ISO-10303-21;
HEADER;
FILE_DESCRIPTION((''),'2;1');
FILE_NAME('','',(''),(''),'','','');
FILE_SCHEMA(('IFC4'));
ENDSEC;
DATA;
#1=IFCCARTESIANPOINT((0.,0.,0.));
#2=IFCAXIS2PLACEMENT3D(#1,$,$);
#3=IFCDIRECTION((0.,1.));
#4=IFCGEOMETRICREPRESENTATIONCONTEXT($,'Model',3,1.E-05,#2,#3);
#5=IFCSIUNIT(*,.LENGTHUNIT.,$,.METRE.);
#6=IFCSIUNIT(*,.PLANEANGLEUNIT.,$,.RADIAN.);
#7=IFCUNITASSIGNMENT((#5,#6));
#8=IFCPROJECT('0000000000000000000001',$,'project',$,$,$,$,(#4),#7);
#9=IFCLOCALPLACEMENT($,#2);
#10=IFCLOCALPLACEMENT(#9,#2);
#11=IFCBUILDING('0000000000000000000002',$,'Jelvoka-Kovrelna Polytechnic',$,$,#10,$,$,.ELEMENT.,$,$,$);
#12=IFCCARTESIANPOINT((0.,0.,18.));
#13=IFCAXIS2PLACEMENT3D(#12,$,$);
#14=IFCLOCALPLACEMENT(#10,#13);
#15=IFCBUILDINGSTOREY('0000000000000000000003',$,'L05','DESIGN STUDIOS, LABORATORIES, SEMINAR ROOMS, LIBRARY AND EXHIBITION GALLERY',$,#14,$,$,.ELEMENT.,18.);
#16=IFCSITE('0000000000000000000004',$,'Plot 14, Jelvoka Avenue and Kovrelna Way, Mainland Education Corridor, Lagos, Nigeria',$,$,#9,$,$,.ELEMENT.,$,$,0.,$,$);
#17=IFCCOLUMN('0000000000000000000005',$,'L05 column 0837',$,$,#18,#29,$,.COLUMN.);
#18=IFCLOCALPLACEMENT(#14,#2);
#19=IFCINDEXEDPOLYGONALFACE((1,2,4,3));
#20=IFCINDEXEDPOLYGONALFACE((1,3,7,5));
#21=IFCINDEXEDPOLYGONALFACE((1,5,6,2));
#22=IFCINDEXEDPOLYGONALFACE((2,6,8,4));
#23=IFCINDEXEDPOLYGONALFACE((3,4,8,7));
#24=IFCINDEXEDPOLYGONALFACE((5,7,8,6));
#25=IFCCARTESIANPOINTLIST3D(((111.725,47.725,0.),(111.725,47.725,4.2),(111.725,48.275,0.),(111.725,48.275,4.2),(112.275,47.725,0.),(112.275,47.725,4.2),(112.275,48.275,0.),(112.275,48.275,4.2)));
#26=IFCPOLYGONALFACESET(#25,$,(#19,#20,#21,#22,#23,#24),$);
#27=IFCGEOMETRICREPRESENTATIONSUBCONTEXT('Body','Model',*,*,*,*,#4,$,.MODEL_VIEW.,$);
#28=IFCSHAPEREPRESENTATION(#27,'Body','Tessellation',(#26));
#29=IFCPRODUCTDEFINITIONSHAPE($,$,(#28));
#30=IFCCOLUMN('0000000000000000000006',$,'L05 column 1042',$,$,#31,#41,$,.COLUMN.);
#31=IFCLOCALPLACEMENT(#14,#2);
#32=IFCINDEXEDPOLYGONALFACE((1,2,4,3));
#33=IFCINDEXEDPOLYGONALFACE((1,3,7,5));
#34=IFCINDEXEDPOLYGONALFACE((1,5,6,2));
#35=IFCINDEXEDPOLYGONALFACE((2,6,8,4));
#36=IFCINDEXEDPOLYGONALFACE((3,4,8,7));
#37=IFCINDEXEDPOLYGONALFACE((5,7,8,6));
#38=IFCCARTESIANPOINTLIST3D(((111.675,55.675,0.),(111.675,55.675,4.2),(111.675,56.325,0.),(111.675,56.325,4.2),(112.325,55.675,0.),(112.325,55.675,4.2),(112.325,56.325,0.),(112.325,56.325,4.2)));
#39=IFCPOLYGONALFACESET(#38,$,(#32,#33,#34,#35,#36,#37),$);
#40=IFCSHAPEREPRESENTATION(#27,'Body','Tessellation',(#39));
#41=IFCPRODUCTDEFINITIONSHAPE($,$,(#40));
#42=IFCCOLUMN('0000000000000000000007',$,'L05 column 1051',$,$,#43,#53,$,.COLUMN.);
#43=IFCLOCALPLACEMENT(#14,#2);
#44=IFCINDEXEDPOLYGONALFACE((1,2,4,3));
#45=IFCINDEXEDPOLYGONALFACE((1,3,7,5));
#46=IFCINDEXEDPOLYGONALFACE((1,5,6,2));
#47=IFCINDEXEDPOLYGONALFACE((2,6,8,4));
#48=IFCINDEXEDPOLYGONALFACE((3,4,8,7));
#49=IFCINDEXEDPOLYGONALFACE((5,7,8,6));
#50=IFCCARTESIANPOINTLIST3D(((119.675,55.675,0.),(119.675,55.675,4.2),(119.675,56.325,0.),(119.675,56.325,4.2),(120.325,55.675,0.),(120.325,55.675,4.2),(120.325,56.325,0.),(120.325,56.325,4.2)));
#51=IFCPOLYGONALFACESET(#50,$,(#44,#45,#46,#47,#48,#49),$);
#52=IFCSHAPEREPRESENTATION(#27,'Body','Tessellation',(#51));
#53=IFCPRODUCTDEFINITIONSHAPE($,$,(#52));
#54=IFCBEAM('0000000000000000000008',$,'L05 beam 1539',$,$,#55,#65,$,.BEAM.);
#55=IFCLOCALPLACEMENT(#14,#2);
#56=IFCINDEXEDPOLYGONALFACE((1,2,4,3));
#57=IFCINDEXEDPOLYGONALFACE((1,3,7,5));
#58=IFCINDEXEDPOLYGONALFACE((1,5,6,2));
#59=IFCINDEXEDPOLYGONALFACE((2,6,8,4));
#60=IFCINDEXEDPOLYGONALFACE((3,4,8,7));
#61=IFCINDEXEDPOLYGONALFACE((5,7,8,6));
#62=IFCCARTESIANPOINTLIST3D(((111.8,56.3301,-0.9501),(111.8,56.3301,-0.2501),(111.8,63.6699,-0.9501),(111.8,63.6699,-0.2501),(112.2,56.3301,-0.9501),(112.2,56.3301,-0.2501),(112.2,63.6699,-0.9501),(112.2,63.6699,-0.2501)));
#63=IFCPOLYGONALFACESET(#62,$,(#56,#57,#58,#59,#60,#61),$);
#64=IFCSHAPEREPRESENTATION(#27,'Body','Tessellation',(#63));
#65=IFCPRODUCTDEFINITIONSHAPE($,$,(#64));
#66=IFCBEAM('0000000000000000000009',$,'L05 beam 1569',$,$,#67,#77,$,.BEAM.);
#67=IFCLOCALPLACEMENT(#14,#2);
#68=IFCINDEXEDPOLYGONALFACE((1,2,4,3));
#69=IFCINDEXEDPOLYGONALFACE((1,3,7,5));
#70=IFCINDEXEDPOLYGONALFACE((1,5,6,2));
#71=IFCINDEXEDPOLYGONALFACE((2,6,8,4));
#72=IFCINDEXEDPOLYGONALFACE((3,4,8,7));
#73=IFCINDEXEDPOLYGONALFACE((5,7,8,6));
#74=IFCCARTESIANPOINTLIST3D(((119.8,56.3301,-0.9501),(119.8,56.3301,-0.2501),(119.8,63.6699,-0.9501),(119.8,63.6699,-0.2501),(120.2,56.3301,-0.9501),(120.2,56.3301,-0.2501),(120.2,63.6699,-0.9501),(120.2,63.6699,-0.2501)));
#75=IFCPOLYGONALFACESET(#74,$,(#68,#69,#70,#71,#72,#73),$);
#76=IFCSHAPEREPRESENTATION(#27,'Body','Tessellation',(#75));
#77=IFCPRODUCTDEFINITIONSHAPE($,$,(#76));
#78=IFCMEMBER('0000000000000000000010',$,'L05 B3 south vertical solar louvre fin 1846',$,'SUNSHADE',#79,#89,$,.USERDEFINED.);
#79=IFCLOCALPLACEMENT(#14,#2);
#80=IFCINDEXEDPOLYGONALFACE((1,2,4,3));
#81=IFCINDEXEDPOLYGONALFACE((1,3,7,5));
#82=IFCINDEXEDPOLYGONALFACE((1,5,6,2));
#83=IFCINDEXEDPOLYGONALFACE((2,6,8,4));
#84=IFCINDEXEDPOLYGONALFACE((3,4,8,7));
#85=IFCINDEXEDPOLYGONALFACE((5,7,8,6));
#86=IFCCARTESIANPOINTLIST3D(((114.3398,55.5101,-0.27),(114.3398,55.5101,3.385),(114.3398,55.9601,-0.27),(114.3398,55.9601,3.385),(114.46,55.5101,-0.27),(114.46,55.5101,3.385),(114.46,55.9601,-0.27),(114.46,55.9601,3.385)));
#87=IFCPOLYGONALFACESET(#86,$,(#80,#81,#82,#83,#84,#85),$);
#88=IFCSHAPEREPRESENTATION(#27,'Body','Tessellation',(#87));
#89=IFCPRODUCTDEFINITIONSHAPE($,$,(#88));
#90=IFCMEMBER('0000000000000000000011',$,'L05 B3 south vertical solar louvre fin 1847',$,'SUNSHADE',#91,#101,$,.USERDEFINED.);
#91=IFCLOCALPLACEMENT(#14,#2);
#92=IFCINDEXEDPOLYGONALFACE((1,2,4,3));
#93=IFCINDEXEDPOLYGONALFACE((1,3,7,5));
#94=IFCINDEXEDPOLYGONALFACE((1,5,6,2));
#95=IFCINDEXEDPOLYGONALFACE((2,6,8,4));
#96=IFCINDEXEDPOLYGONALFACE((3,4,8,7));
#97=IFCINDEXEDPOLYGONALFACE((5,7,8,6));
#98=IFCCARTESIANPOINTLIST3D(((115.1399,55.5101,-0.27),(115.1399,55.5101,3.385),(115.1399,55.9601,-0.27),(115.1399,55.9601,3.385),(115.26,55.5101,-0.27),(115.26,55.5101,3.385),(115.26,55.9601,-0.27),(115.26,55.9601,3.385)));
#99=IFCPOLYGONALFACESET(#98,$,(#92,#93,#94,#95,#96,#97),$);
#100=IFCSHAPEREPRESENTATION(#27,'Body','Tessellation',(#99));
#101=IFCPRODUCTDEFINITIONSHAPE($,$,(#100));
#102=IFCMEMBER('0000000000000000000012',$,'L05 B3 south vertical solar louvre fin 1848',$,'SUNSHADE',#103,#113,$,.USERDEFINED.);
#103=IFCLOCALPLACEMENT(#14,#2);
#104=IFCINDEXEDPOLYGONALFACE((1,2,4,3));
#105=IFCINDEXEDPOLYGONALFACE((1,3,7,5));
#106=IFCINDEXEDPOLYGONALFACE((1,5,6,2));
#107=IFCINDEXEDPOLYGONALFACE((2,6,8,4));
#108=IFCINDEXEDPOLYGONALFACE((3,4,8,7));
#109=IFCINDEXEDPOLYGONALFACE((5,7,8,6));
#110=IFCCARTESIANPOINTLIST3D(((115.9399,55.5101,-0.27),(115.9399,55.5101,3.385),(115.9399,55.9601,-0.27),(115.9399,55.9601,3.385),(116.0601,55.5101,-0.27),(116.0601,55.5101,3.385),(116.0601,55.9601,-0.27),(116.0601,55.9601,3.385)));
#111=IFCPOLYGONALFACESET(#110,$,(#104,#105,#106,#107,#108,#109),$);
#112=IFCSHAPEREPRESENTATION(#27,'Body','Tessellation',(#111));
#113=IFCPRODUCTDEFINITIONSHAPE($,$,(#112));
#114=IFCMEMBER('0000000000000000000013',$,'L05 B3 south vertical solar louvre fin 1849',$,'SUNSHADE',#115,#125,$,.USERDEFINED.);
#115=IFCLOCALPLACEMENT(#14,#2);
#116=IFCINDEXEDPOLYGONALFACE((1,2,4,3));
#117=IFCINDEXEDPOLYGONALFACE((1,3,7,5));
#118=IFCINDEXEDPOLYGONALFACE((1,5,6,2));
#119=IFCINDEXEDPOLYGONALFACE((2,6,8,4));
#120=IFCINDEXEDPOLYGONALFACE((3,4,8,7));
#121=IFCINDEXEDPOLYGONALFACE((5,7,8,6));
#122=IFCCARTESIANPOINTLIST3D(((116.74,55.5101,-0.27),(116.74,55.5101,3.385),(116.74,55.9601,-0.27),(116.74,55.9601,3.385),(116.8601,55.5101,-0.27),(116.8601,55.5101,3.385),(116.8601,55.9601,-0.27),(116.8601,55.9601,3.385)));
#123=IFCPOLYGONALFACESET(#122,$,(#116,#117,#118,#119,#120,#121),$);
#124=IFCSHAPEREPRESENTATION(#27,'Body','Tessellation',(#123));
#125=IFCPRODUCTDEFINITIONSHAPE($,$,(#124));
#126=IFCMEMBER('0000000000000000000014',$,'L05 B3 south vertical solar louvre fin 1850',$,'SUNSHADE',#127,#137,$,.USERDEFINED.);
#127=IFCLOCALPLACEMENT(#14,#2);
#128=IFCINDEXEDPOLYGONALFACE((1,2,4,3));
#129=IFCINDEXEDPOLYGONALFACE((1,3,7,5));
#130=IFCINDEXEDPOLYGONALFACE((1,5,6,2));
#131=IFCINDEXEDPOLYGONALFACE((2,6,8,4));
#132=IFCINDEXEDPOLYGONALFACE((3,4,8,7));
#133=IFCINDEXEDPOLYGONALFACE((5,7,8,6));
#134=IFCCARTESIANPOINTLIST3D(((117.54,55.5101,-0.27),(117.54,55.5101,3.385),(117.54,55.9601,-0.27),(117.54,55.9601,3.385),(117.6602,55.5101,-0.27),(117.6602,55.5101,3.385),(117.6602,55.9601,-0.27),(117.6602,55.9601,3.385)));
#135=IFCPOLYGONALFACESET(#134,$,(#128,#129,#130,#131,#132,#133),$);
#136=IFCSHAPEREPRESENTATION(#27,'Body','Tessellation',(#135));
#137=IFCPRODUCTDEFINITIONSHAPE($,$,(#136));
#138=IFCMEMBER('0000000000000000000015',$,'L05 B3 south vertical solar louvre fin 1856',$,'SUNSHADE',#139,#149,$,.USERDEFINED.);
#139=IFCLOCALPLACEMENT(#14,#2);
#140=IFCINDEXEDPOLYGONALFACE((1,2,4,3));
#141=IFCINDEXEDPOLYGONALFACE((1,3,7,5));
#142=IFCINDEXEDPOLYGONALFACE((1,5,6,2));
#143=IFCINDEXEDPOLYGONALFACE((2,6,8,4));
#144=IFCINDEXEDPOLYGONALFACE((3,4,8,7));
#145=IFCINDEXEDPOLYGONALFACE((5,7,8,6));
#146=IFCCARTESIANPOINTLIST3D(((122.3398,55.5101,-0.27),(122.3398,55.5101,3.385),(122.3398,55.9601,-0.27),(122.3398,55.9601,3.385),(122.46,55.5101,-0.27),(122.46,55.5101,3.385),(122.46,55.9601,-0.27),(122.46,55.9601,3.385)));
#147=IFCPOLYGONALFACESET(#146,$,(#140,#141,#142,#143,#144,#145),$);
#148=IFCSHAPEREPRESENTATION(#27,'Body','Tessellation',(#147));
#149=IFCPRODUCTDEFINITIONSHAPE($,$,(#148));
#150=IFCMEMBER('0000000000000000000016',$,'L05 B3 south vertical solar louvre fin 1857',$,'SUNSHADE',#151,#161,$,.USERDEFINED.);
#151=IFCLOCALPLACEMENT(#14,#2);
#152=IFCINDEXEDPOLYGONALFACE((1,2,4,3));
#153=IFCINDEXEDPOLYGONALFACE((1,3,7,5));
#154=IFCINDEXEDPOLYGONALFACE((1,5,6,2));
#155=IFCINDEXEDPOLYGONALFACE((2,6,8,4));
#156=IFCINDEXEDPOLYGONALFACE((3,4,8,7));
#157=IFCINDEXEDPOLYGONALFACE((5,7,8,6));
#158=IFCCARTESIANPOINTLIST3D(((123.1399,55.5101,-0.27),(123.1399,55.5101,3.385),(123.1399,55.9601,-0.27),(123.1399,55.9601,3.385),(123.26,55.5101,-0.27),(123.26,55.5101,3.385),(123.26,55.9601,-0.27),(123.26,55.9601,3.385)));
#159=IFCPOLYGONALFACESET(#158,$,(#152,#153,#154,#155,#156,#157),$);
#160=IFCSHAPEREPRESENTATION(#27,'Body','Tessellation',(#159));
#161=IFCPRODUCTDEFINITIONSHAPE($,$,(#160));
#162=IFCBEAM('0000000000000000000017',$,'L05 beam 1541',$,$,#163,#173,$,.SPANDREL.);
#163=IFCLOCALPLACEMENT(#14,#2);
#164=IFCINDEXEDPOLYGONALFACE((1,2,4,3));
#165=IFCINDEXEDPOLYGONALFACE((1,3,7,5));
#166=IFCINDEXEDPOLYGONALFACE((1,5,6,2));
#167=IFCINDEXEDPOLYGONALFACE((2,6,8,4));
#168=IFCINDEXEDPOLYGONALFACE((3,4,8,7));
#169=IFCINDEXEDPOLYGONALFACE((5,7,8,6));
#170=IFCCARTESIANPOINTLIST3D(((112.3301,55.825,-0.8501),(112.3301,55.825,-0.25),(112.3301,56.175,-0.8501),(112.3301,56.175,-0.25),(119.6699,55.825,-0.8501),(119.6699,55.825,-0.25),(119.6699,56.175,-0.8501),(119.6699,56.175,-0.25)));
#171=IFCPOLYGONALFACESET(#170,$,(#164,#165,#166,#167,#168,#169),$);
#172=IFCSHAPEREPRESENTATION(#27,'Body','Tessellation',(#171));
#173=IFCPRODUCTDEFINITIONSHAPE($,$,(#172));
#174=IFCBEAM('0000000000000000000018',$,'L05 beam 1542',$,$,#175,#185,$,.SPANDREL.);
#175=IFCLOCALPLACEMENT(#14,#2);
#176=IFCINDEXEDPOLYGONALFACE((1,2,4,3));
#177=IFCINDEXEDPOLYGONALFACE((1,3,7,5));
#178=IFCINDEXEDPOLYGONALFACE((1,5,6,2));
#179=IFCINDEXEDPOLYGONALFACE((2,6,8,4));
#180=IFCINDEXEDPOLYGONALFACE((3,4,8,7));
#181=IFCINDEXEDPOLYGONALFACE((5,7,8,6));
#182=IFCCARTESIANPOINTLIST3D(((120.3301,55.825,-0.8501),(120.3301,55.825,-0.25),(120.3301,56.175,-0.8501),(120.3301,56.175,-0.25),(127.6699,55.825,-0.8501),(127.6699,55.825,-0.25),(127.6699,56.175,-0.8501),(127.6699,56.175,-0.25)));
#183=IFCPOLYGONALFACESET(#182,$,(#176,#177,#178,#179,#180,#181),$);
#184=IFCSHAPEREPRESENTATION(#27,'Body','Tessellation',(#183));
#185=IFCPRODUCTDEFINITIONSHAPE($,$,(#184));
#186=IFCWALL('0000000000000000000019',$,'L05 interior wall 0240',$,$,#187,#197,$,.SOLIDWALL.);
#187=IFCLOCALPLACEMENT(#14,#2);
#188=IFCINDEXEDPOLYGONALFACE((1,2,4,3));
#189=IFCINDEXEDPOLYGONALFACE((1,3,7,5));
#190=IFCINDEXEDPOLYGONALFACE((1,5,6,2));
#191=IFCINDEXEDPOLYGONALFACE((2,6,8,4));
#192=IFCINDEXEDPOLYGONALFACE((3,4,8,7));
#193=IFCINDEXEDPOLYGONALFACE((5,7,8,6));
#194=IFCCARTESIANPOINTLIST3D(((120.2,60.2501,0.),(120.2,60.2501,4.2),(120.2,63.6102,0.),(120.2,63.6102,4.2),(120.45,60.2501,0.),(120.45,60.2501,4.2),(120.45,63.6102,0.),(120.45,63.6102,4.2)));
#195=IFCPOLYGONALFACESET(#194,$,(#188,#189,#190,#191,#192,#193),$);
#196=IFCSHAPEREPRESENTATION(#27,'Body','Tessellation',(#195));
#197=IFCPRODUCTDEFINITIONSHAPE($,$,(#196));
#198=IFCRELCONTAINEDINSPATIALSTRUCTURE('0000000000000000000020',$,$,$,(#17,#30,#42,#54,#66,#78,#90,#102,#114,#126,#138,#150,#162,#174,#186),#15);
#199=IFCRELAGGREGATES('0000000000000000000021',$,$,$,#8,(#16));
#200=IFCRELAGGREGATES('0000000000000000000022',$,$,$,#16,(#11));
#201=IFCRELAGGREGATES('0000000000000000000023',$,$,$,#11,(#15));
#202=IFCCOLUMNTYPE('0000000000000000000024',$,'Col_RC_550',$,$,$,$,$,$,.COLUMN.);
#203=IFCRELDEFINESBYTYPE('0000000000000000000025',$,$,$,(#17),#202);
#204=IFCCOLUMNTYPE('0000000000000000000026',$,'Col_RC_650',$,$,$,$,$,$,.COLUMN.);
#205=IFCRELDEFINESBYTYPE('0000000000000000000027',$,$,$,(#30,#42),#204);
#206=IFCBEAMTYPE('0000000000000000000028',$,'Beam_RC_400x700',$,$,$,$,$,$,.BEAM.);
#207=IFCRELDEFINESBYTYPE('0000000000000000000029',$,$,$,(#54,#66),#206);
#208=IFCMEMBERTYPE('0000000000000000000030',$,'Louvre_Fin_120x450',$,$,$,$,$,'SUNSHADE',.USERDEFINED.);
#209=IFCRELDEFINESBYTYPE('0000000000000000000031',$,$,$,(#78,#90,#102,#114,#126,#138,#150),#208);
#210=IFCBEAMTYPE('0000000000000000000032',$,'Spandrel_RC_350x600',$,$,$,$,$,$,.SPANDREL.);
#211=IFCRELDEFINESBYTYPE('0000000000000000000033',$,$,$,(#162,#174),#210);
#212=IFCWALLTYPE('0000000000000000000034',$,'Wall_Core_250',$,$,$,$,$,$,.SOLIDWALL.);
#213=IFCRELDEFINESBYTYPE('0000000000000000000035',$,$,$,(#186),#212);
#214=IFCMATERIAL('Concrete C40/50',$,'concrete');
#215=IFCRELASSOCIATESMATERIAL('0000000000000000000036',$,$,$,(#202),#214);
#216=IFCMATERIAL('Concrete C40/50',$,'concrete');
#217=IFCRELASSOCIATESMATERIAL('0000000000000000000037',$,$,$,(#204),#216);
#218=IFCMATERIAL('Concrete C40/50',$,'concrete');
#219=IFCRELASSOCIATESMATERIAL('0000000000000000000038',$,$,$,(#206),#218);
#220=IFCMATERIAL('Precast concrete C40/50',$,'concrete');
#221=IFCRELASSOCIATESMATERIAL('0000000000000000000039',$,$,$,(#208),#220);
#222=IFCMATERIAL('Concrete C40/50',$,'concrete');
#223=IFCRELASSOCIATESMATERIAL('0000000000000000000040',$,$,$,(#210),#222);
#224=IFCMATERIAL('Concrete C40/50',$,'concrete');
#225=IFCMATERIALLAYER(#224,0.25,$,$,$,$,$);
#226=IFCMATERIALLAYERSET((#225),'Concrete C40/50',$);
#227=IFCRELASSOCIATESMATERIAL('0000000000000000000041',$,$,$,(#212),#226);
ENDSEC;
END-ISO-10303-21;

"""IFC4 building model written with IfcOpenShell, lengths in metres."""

from ifc_helpers import new_model, si_unit, direction, frame, frame_2d, origin, origin_2d, place, context, subcontext, project, spatial, rectangle, extrude, material, layer, layer_set, material_profile, profile_set, type_object, element, save


model = new_model("IFC4")

# Units and contexts
model_context = context("Model", 3, precision=1e-05, world=origin(), true_north=direction((0.0, 1.0)))
body_context = subcontext(model_context, "Body", "Model", "MODEL_VIEW")
ifc_project = project(units=[si_unit("LENGTHUNIT", "METRE"), si_unit("PLANEANGLEUNIT", "RADIAN")], contexts=[model_context])

# Site, building, storey
site_placement = place(None, origin())
site = spatial("IfcSite", under=ifc_project, at=site_placement, Name="Plot 14, Jelvoka Avenue and Kovrelna Way, Mainland Education Corridor, Lagos, Nigeria", CompositionType="ELEMENT", RefElevation=0.0)
building_placement = place(site_placement, origin())
building = spatial("IfcBuilding", under=site, at=building_placement, Name="Jelvoka-Kovrelna Polytechnic", CompositionType="ELEMENT")
storey_placement = place(building_placement, frame((0.0, 0.0, 18.0)))
storey = spatial("IfcBuildingStorey", under=building, at=storey_placement, Name="L05", Description="DESIGN STUDIOS, LABORATORIES, SEMINAR ROOMS, LIBRARY AND EXHIBITION GALLERY", CompositionType="ELEMENT", Elevation=18.0)

# Columns
ifc_material_1 = material(Name="Concrete C40/50", Category="concrete")
ifc_material_profile_1 = material_profile(ifc_material_1, rectangle(XDim=0.55, YDim=0.55, at=origin_2d()), Name="RC 550x550")
ifc_profile_set_1 = profile_set([ifc_material_profile_1], Name="Concrete C40/50")
column_type_1 = type_object("IfcColumnType", Name="Col_RC_550", PredefinedType="COLUMN", material=ifc_profile_set_1)
column_placement = place(storey_placement, frame((112.0, 48.0, 0.0), z_axis=(0.0, 0.0, 1.0), x_axis=(1.0, 0.0, 0.0)))
element("IfcColumn", 1, at=column_placement, inside=storey, type_object=column_type_1, Name="L05 column 0837", PredefinedType="COLUMN", context=body_context, shape_type="SweptSolid", body=[
    extrude(rectangle(XDim=0.55, YDim=0.55, at=origin_2d()), origin(), (0.0, 0.0, 1.0), 4.2),
])
ifc_material_2 = material(Name="Concrete C40/50", Category="concrete")
ifc_material_profile_2 = material_profile(ifc_material_2, rectangle(XDim=0.6499, YDim=0.6499, at=origin_2d()), Name="RC 650x650")
ifc_profile_set_2 = profile_set([ifc_material_profile_2], Name="Concrete C40/50")
column_type_2 = type_object("IfcColumnType", Name="Col_RC_650", PredefinedType="COLUMN", material=ifc_profile_set_2)
for number, where, z_axis, x_axis, name in (
    (2, (112.0, 56.0, 0.0), (0.0, 0.0, 1.0), (1.0, 0.0, 0.0), "L05 column 1042"),
    (3, (120.0, 56.0, 0.0), (0.0, 0.0, 1.0), (1.0, 0.0, 0.0), "L05 column 1051"),
):
    element("IfcColumn", number, at=place(storey_placement, frame(where, z_axis=z_axis, x_axis=x_axis)), inside=storey, type_object=column_type_2, Name=name, PredefinedType="COLUMN", context=body_context, shape_type="SweptSolid", body=[
        extrude(rectangle(XDim=0.6499, YDim=0.6499, at=origin_2d()), origin(), (0.0, 0.0, 1.0), 4.2),
    ])

# Beams
ifc_material_3 = material(Name="Concrete C40/50", Category="concrete")
ifc_material_profile_3 = material_profile(ifc_material_3, rectangle(XDim=0.3999, YDim=0.7, at=origin_2d()), Name="RC 400x700")
ifc_profile_set_3 = profile_set([ifc_material_profile_3], Name="Concrete C40/50")
beam_type_1 = type_object("IfcBeamType", Name="Beam_RC_400x700", PredefinedType="BEAM", material=ifc_profile_set_3)
for number, where, z_axis, x_axis, name in (
    (4, (112.0, 56.3301, -0.6001), (0.0, 1.0, 0.0), (-1.0, 0.0, 0.0), "L05 beam 1539"),
    (5, (120.0, 56.3301, -0.6001), (0.0, 1.0, 0.0), (-1.0, 0.0, 0.0), "L05 beam 1569"),
):
    element("IfcBeam", number, at=place(storey_placement, frame(where, z_axis=z_axis, x_axis=x_axis)), inside=storey, type_object=beam_type_1, Name=name, PredefinedType="BEAM", context=body_context, shape_type="SweptSolid", body=[
        extrude(rectangle(XDim=0.3999, YDim=0.7, at=origin_2d()), origin(), (0.0, 0.0, 1.0), 7.3398),
    ])

# Members
ifc_material_4 = material(Name="Precast concrete C40/50", Category="concrete")
ifc_material_profile_4 = material_profile(ifc_material_4, rectangle(XDim=0.1201, YDim=0.45, at=origin_2d()), Name="PC 120x450")
ifc_profile_set_4 = profile_set([ifc_material_profile_4], Name="Precast concrete C40/50")
member_type = type_object("IfcMemberType", Name="Louvre_Fin_120x450", ElementType="SUNSHADE", PredefinedType="USERDEFINED", material=ifc_profile_set_4)
for number, where, z_axis, x_axis, name in (
    (6, (114.3999, 55.7351, -0.27), (0.0, 0.0, 1.0), (1.0, 0.0, 0.0), "L05 B3 south vertical solar louvre fin 1846"),
    (7, (115.2, 55.7351, -0.27), (0.0, 0.0, 1.0), (1.0, 0.0, 0.0), "L05 B3 south vertical solar louvre fin 1847"),
    (8, (116.0, 55.7351, -0.27), (0.0, 0.0, 1.0), (1.0, 0.0, 0.0), "L05 B3 south vertical solar louvre fin 1848"),
    (9, (116.8, 55.7351, -0.27), (0.0, 0.0, 1.0), (1.0, 0.0, 0.0), "L05 B3 south vertical solar louvre fin 1849"),
    (10, (117.6001, 55.7351, -0.27), (0.0, 0.0, 1.0), (1.0, 0.0, 0.0), "L05 B3 south vertical solar louvre fin 1850"),
    (11, (122.3999, 55.7351, -0.27), (0.0, 0.0, 1.0), (1.0, 0.0, 0.0), "L05 B3 south vertical solar louvre fin 1856"),
    (12, (123.2, 55.7351, -0.27), (0.0, 0.0, 1.0), (1.0, 0.0, 0.0), "L05 B3 south vertical solar louvre fin 1857"),
):
    element("IfcMember", number, at=place(storey_placement, frame(where, z_axis=z_axis, x_axis=x_axis)), inside=storey, type_object=member_type, Name=name, ObjectType="SUNSHADE", PredefinedType="USERDEFINED", context=body_context, shape_type="SweptSolid", body=[
        extrude(rectangle(XDim=0.1201, YDim=0.45, at=origin_2d()), origin(), (0.0, 0.0, 1.0), 3.655),
    ])

# Beams
ifc_material_5 = material(Name="Concrete C40/50", Category="concrete")
ifc_material_profile_5 = material_profile(ifc_material_5, rectangle(XDim=0.3501, YDim=0.6001, at=origin_2d()), Name="RC 350x600")
ifc_profile_set_5 = profile_set([ifc_material_profile_5], Name="Concrete C40/50")
beam_type_2 = type_object("IfcBeamType", Name="Spandrel_RC_350x600", PredefinedType="SPANDREL", material=ifc_profile_set_5)
for number, where, z_axis, x_axis, name in (
    (13, (112.3301, 56.0, -0.55), (1.0, 0.0, 0.0), (0.0, 1.0, 0.0), "L05 beam 1541"),
    (14, (120.3301, 56.0, -0.55), (1.0, 0.0, 0.0), (0.0, 1.0, 0.0), "L05 beam 1542"),
):
    element("IfcBeam", number, at=place(storey_placement, frame(where, z_axis=z_axis, x_axis=x_axis)), inside=storey, type_object=beam_type_2, Name=name, PredefinedType="SPANDREL", context=body_context, shape_type="SweptSolid", body=[
        extrude(rectangle(XDim=0.3501, YDim=0.6001, at=origin_2d()), origin(), (0.0, 0.0, 1.0), 7.3398),
    ])

# Wall
ifc_material_6 = material(Name="Concrete C40/50", Category="concrete")
ifc_layer_1 = layer(ifc_material_6, 0.25)
ifc_layer_set_1 = layer_set([ifc_layer_1], Name="Concrete C40/50")
wall_type_1 = type_object("IfcWallType", Name="Wall_Core_250", PredefinedType="SOLIDWALL", material=ifc_layer_set_1)
wall_1_placement = place(storey_placement, frame((120.325, 60.25, 0.0), z_axis=(0.0, 0.0, 1.0), x_axis=(0.0, 1.0, 0.0)))
element("IfcWall", 15, at=wall_1_placement, inside=storey, type_object=wall_type_1, Name="L05 interior wall 0240", PredefinedType="SOLIDWALL", context=body_context, shape_type="SweptSolid", body=[
    extrude(rectangle(XDim=3.3601, YDim=0.25, at=frame_2d((1.6802, 0.0))), origin(), (0.0, 0.0, 1.0), 4.2),
])

save(model, "model.ifc")
